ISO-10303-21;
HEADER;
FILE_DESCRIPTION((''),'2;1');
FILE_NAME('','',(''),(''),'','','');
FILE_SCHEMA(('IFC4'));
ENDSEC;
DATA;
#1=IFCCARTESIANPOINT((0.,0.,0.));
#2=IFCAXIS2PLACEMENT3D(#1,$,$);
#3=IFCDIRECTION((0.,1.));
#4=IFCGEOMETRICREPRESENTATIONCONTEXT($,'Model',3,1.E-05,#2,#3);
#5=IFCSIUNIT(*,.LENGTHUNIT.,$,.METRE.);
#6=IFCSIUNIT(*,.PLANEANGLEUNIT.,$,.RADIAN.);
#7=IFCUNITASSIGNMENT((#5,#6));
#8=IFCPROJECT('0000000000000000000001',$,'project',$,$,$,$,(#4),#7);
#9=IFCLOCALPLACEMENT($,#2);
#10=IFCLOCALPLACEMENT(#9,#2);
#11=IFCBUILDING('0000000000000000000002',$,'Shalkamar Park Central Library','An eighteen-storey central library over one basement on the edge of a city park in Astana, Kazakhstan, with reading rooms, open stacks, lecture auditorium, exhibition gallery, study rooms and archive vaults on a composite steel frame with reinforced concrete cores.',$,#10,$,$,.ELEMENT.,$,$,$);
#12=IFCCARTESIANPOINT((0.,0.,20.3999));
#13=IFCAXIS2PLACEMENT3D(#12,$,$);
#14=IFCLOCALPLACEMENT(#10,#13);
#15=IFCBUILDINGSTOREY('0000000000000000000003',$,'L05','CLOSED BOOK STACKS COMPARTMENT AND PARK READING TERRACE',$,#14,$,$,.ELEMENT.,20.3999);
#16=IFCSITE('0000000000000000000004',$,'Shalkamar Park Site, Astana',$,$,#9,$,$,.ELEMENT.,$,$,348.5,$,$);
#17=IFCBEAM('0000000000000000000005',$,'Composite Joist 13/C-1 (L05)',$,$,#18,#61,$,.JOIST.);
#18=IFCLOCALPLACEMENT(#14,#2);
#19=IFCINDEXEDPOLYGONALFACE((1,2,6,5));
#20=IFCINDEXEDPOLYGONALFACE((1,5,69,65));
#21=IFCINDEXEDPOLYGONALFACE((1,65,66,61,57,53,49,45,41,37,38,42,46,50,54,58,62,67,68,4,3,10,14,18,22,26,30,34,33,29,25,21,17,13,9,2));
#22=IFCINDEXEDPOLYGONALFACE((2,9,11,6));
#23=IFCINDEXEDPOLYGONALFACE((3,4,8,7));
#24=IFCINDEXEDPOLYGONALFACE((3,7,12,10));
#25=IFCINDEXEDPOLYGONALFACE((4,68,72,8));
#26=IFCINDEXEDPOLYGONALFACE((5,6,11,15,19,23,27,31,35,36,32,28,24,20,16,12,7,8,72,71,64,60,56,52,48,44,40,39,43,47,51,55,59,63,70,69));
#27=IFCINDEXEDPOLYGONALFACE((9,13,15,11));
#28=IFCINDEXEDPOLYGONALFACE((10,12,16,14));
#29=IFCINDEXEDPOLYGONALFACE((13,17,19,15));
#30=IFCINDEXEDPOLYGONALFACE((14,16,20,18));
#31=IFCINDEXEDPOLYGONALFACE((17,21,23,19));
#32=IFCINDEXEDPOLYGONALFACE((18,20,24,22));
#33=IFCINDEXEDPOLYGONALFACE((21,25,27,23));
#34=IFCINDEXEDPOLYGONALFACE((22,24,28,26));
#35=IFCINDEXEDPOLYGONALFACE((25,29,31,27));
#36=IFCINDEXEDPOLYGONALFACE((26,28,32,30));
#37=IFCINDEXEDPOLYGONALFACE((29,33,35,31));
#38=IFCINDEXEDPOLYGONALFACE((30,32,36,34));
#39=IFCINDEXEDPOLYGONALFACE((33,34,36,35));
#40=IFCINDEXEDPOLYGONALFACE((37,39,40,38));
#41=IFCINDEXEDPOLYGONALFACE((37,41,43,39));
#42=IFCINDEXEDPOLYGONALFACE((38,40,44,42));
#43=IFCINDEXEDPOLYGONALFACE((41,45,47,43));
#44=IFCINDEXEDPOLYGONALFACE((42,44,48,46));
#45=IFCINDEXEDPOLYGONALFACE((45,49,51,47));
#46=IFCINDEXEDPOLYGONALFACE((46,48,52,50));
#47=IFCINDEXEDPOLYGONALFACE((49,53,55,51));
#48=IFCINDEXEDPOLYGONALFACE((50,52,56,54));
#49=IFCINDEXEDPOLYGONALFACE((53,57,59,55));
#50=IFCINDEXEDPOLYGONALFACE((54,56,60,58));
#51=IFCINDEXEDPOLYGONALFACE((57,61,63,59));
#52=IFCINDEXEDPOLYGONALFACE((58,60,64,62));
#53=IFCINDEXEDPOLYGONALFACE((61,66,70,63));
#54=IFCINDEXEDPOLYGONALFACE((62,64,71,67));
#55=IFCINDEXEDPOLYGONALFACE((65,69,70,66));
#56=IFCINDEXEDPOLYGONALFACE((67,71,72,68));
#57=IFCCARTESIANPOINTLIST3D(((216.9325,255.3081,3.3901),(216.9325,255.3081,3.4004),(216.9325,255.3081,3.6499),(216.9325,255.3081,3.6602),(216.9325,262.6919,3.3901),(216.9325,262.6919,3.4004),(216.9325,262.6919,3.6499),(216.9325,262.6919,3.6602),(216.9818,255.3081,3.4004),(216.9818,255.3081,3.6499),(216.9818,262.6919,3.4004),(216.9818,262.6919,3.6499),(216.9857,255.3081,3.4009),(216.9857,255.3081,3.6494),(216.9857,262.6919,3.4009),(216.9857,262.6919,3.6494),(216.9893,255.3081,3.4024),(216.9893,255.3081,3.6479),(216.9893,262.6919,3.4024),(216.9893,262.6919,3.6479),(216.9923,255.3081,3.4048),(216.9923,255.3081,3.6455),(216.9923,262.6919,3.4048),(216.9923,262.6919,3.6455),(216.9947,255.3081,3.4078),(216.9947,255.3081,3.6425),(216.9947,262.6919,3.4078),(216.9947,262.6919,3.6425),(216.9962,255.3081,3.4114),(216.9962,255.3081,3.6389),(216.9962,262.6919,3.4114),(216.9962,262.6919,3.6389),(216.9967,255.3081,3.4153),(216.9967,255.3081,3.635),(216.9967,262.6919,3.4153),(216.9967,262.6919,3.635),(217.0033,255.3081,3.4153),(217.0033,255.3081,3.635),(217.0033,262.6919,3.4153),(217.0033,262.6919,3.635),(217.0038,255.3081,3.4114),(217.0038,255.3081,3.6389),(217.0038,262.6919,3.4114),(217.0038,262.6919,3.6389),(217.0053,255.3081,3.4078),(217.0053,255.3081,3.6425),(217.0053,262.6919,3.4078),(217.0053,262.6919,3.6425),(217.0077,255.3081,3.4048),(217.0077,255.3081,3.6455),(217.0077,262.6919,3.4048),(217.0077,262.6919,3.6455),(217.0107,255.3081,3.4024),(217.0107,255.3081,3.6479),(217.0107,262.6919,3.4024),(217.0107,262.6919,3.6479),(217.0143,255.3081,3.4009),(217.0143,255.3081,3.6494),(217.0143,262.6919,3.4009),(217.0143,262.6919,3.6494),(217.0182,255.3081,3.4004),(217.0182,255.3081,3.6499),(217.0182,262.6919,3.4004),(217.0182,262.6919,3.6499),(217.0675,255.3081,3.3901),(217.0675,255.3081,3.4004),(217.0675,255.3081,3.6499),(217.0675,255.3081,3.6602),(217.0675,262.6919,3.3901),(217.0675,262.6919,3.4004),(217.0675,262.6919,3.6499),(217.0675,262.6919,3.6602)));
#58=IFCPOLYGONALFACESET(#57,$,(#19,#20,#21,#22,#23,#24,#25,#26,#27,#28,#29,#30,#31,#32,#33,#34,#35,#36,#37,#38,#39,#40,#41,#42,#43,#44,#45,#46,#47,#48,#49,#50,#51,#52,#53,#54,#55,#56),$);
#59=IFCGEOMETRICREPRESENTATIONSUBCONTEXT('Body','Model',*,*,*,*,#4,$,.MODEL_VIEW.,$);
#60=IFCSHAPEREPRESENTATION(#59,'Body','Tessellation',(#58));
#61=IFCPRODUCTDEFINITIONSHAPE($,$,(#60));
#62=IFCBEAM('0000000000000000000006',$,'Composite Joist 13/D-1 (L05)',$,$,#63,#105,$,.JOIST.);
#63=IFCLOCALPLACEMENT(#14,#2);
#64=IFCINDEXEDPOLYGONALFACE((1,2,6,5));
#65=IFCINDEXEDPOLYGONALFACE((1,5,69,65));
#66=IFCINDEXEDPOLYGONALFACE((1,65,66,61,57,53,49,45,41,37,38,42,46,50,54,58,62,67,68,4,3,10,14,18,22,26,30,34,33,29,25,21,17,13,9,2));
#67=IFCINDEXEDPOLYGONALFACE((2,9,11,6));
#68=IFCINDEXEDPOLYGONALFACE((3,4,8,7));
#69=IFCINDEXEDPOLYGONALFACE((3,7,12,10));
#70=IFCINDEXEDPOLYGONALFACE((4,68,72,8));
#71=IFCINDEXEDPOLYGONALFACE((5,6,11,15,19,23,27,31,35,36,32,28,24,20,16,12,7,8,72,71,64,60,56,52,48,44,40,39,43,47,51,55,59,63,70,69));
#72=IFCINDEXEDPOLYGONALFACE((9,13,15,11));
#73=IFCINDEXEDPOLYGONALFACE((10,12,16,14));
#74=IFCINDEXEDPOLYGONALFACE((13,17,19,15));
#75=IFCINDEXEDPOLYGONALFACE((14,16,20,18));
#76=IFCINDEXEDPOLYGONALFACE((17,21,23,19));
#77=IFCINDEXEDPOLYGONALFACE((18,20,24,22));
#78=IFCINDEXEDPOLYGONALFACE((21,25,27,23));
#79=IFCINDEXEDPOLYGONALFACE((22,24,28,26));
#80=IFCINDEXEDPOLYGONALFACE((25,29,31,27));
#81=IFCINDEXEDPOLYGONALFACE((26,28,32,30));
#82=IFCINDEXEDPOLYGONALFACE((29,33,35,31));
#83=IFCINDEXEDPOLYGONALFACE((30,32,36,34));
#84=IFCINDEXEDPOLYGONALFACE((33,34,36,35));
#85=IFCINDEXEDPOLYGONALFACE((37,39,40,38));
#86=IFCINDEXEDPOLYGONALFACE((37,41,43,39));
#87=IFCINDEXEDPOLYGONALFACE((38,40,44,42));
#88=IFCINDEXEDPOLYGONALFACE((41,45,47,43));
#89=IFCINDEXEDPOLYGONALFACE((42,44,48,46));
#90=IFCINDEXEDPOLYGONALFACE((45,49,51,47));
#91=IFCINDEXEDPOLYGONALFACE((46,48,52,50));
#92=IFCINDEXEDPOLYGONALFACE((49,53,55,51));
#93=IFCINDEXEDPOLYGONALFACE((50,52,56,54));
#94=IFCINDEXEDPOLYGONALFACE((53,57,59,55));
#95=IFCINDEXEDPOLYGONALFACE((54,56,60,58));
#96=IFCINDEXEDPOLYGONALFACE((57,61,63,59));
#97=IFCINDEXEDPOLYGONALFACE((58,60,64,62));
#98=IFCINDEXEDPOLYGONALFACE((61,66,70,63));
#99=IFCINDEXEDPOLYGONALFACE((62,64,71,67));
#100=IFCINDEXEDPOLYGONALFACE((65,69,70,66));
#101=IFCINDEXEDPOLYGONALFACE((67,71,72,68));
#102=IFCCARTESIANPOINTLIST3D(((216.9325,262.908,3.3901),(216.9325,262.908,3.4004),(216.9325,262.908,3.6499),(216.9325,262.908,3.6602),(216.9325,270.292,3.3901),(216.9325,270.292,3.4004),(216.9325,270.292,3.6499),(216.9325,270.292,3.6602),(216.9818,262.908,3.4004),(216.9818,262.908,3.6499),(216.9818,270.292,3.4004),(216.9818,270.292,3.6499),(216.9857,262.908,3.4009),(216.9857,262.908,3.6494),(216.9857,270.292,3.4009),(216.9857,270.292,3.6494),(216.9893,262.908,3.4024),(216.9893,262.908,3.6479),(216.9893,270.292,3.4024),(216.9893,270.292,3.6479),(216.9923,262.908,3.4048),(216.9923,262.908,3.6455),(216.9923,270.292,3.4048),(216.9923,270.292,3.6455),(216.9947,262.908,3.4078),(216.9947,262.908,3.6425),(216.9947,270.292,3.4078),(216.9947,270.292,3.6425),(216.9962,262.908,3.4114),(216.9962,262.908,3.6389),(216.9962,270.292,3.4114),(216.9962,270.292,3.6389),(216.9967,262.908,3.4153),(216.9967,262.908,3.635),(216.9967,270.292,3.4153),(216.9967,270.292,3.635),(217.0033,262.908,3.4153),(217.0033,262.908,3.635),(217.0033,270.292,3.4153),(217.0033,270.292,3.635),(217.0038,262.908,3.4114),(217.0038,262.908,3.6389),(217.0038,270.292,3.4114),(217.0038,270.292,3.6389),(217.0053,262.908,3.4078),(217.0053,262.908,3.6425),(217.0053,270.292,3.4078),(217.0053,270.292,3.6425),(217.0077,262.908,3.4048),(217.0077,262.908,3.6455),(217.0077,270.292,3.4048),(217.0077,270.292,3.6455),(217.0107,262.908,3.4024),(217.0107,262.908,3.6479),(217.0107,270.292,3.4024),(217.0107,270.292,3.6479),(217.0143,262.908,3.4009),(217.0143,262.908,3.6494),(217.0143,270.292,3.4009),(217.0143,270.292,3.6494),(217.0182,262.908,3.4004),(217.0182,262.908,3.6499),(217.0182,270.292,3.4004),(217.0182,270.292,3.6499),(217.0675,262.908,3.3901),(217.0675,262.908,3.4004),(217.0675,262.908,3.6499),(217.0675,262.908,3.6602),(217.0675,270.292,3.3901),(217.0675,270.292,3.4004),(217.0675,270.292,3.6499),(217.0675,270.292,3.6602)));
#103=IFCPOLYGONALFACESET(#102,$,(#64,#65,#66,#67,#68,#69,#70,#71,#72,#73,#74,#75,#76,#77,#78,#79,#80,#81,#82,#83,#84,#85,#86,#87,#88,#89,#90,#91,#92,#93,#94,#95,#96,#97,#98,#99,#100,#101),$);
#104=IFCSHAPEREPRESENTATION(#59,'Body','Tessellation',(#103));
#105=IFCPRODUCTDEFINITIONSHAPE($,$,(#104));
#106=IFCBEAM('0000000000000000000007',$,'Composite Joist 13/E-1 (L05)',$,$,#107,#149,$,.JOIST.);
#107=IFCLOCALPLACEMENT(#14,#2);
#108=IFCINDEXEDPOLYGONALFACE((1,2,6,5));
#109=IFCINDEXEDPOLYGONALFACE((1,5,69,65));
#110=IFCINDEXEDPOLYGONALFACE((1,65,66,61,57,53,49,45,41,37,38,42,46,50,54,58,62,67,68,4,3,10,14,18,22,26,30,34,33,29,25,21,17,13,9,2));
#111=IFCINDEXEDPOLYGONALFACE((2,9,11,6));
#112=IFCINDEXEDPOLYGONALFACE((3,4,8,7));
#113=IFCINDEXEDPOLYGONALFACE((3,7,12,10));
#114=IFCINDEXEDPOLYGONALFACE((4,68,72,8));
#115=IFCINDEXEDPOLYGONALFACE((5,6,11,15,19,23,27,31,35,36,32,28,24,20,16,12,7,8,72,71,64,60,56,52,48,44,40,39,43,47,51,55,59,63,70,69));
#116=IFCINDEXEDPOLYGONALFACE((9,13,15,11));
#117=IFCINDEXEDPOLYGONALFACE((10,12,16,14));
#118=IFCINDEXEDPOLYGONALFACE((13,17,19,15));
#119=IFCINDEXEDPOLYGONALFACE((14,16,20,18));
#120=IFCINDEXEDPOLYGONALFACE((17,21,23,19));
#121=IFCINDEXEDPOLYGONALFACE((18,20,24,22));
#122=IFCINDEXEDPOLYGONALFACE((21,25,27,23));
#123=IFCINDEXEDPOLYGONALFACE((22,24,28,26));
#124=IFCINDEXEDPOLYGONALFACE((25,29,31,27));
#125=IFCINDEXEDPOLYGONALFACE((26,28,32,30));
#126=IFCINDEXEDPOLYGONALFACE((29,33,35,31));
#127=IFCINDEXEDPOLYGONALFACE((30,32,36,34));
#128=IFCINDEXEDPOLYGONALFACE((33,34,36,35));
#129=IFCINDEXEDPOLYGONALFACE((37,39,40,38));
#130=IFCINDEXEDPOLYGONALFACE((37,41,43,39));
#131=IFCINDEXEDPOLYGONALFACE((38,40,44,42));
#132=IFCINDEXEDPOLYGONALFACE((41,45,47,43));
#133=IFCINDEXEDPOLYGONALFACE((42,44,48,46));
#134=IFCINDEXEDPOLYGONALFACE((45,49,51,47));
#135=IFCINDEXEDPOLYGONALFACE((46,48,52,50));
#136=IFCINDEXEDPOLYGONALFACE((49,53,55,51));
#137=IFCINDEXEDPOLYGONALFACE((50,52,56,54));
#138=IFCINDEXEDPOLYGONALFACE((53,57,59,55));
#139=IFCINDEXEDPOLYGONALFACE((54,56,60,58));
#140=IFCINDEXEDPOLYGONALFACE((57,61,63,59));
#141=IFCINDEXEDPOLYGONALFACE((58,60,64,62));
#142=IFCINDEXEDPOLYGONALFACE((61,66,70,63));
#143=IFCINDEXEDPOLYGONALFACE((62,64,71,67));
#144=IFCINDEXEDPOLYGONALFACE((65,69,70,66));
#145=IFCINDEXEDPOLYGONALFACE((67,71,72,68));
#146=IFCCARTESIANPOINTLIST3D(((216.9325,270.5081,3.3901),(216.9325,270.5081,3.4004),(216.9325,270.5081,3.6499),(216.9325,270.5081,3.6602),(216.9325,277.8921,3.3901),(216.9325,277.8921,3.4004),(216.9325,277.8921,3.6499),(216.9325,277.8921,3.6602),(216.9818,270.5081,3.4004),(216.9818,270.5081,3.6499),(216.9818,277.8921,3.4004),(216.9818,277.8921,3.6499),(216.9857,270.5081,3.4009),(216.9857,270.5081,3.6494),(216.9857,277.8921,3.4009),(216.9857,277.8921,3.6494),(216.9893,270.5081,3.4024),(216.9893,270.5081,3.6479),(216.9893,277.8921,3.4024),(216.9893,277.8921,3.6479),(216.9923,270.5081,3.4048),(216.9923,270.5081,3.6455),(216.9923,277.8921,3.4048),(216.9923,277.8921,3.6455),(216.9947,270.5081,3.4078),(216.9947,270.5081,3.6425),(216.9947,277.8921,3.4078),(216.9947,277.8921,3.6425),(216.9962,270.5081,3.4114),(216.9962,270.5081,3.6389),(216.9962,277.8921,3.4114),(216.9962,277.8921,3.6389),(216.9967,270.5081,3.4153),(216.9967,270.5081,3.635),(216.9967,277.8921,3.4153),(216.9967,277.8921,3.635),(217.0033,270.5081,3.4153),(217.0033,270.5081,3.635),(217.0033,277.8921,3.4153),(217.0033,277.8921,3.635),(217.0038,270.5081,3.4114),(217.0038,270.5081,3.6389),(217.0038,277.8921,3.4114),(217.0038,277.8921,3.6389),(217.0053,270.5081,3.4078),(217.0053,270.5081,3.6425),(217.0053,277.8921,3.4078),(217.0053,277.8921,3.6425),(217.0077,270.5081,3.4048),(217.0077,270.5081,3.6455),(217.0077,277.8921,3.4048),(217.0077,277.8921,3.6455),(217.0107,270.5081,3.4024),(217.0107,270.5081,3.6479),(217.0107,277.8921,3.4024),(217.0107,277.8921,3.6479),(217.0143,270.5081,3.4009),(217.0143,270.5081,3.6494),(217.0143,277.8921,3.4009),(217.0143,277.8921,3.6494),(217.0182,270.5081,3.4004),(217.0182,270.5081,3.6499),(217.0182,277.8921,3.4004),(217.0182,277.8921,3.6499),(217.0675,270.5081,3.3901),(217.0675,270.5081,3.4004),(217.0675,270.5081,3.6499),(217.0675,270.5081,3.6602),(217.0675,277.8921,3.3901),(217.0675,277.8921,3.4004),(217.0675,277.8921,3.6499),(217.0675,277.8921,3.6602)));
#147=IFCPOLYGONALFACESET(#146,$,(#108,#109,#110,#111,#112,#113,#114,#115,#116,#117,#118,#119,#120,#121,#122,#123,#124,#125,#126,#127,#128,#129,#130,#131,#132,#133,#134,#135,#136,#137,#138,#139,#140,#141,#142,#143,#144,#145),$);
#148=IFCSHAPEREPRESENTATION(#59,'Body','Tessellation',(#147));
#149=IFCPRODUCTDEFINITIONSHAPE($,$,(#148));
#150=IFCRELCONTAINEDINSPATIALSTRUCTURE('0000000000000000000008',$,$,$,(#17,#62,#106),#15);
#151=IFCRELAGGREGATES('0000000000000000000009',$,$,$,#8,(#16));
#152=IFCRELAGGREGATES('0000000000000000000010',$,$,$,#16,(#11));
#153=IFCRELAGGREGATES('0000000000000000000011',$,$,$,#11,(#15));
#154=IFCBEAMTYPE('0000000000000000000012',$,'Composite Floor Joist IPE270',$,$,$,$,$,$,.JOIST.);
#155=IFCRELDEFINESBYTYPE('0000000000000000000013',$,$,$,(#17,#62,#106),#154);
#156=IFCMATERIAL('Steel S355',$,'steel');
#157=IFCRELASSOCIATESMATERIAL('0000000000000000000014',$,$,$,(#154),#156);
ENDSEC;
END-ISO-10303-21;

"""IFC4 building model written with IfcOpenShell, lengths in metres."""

from ifc_helpers import new_model, si_unit, direction, frame, origin, origin_2d, place, context, subcontext, project, spatial, i_section, extrude, material, material_profile, profile_set, type_object, element, save


model = new_model("IFC4")

# Units and contexts
model_context = context("Model", 3, precision=1e-05, world=origin(), true_north=direction((0.0, 1.0)))
body_context = subcontext(model_context, "Body", "Model", "MODEL_VIEW")
ifc_project = project(units=[si_unit("LENGTHUNIT", "METRE"), si_unit("PLANEANGLEUNIT", "RADIAN")], contexts=[model_context])

# Site, building, storey
site_placement = place(None, origin())
site = spatial("IfcSite", under=ifc_project, at=site_placement, Name="Shalkamar Park Site, Astana", CompositionType="ELEMENT", RefElevation=348.5)
building_placement = place(site_placement, origin())
building = spatial("IfcBuilding", under=site, at=building_placement, Name="Shalkamar Park Central Library", Description="An eighteen-storey central library over one basement on the edge of a city park in Astana, Kazakhstan, with reading rooms, open stacks, lecture auditorium, exhibition gallery, study rooms and archive vaults on a composite steel frame with reinforced concrete cores.", CompositionType="ELEMENT")
storey_placement = place(building_placement, frame((0.0, 0.0, 20.3999)))
storey = spatial("IfcBuildingStorey", under=building, at=storey_placement, Name="L05", Description="CLOSED BOOK STACKS COMPARTMENT AND PARK READING TERRACE", CompositionType="ELEMENT", Elevation=20.3999)

# Shared definitions
ifc_material_1 = material(Name="Steel S355", Category="steel")

# Beams
ifc_material_profile_1 = material_profile(ifc_material_1, i_section(OverallWidth=0.135, OverallDepth=0.27, WebThickness=0.0066, FlangeThickness=0.0103, FilletRadius=0.0149, at=origin_2d()), Name="IPE 270")
ifc_profile_set_1 = profile_set([ifc_material_profile_1], Name="Steel S355")
beam_type_1 = type_object("IfcBeamType", Name="Composite Floor Joist IPE270", PredefinedType="JOIST", material=ifc_profile_set_1)
beam_1_placement = place(storey_placement, frame((217.0, 255.3081, 3.5251), z_axis=(0.0, 1.0, 0.0), x_axis=(-1.0, 0.0, 0.0)))
element("IfcBeam", 1, at=beam_1_placement, inside=storey, type_object=beam_type_1, Name="Composite Joist 13/C-1 (L05)", PredefinedType="JOIST", context=body_context, shape_type="SweptSolid", body=[
    extrude(i_section(OverallWidth=0.135, OverallDepth=0.27, WebThickness=0.0066, FlangeThickness=0.0103, FilletRadius=0.0149, at=origin_2d()), origin(), (0.0, 0.0, 1.0), 7.3838),
])
for number, where, z_axis, x_axis, name in (
    (2, (217.0, 262.908, 3.5251), (0.0, 1.0, 0.0), (-1.0, 0.0, 0.0), "Composite Joist 13/D-1 (L05)"),
    (3, (217.0, 270.5081, 3.5251), (0.0, 1.0, 0.0), (-1.0, 0.0, 0.0), "Composite Joist 13/E-1 (L05)"),
):
    element("IfcBeam", number, at=place(storey_placement, frame(where, z_axis=z_axis, x_axis=x_axis)), inside=storey, type_object=beam_type_1, Name=name, PredefinedType="JOIST", context=body_context, shape_type="SweptSolid", body=[
        extrude(i_section(OverallWidth=0.135, OverallDepth=0.27, WebThickness=0.0066, FlangeThickness=0.0103, FilletRadius=0.0149, at=origin_2d()), origin(), (0.0, 0.0, 1.0), 7.384),
    ])

save(model, "model.ifc")
